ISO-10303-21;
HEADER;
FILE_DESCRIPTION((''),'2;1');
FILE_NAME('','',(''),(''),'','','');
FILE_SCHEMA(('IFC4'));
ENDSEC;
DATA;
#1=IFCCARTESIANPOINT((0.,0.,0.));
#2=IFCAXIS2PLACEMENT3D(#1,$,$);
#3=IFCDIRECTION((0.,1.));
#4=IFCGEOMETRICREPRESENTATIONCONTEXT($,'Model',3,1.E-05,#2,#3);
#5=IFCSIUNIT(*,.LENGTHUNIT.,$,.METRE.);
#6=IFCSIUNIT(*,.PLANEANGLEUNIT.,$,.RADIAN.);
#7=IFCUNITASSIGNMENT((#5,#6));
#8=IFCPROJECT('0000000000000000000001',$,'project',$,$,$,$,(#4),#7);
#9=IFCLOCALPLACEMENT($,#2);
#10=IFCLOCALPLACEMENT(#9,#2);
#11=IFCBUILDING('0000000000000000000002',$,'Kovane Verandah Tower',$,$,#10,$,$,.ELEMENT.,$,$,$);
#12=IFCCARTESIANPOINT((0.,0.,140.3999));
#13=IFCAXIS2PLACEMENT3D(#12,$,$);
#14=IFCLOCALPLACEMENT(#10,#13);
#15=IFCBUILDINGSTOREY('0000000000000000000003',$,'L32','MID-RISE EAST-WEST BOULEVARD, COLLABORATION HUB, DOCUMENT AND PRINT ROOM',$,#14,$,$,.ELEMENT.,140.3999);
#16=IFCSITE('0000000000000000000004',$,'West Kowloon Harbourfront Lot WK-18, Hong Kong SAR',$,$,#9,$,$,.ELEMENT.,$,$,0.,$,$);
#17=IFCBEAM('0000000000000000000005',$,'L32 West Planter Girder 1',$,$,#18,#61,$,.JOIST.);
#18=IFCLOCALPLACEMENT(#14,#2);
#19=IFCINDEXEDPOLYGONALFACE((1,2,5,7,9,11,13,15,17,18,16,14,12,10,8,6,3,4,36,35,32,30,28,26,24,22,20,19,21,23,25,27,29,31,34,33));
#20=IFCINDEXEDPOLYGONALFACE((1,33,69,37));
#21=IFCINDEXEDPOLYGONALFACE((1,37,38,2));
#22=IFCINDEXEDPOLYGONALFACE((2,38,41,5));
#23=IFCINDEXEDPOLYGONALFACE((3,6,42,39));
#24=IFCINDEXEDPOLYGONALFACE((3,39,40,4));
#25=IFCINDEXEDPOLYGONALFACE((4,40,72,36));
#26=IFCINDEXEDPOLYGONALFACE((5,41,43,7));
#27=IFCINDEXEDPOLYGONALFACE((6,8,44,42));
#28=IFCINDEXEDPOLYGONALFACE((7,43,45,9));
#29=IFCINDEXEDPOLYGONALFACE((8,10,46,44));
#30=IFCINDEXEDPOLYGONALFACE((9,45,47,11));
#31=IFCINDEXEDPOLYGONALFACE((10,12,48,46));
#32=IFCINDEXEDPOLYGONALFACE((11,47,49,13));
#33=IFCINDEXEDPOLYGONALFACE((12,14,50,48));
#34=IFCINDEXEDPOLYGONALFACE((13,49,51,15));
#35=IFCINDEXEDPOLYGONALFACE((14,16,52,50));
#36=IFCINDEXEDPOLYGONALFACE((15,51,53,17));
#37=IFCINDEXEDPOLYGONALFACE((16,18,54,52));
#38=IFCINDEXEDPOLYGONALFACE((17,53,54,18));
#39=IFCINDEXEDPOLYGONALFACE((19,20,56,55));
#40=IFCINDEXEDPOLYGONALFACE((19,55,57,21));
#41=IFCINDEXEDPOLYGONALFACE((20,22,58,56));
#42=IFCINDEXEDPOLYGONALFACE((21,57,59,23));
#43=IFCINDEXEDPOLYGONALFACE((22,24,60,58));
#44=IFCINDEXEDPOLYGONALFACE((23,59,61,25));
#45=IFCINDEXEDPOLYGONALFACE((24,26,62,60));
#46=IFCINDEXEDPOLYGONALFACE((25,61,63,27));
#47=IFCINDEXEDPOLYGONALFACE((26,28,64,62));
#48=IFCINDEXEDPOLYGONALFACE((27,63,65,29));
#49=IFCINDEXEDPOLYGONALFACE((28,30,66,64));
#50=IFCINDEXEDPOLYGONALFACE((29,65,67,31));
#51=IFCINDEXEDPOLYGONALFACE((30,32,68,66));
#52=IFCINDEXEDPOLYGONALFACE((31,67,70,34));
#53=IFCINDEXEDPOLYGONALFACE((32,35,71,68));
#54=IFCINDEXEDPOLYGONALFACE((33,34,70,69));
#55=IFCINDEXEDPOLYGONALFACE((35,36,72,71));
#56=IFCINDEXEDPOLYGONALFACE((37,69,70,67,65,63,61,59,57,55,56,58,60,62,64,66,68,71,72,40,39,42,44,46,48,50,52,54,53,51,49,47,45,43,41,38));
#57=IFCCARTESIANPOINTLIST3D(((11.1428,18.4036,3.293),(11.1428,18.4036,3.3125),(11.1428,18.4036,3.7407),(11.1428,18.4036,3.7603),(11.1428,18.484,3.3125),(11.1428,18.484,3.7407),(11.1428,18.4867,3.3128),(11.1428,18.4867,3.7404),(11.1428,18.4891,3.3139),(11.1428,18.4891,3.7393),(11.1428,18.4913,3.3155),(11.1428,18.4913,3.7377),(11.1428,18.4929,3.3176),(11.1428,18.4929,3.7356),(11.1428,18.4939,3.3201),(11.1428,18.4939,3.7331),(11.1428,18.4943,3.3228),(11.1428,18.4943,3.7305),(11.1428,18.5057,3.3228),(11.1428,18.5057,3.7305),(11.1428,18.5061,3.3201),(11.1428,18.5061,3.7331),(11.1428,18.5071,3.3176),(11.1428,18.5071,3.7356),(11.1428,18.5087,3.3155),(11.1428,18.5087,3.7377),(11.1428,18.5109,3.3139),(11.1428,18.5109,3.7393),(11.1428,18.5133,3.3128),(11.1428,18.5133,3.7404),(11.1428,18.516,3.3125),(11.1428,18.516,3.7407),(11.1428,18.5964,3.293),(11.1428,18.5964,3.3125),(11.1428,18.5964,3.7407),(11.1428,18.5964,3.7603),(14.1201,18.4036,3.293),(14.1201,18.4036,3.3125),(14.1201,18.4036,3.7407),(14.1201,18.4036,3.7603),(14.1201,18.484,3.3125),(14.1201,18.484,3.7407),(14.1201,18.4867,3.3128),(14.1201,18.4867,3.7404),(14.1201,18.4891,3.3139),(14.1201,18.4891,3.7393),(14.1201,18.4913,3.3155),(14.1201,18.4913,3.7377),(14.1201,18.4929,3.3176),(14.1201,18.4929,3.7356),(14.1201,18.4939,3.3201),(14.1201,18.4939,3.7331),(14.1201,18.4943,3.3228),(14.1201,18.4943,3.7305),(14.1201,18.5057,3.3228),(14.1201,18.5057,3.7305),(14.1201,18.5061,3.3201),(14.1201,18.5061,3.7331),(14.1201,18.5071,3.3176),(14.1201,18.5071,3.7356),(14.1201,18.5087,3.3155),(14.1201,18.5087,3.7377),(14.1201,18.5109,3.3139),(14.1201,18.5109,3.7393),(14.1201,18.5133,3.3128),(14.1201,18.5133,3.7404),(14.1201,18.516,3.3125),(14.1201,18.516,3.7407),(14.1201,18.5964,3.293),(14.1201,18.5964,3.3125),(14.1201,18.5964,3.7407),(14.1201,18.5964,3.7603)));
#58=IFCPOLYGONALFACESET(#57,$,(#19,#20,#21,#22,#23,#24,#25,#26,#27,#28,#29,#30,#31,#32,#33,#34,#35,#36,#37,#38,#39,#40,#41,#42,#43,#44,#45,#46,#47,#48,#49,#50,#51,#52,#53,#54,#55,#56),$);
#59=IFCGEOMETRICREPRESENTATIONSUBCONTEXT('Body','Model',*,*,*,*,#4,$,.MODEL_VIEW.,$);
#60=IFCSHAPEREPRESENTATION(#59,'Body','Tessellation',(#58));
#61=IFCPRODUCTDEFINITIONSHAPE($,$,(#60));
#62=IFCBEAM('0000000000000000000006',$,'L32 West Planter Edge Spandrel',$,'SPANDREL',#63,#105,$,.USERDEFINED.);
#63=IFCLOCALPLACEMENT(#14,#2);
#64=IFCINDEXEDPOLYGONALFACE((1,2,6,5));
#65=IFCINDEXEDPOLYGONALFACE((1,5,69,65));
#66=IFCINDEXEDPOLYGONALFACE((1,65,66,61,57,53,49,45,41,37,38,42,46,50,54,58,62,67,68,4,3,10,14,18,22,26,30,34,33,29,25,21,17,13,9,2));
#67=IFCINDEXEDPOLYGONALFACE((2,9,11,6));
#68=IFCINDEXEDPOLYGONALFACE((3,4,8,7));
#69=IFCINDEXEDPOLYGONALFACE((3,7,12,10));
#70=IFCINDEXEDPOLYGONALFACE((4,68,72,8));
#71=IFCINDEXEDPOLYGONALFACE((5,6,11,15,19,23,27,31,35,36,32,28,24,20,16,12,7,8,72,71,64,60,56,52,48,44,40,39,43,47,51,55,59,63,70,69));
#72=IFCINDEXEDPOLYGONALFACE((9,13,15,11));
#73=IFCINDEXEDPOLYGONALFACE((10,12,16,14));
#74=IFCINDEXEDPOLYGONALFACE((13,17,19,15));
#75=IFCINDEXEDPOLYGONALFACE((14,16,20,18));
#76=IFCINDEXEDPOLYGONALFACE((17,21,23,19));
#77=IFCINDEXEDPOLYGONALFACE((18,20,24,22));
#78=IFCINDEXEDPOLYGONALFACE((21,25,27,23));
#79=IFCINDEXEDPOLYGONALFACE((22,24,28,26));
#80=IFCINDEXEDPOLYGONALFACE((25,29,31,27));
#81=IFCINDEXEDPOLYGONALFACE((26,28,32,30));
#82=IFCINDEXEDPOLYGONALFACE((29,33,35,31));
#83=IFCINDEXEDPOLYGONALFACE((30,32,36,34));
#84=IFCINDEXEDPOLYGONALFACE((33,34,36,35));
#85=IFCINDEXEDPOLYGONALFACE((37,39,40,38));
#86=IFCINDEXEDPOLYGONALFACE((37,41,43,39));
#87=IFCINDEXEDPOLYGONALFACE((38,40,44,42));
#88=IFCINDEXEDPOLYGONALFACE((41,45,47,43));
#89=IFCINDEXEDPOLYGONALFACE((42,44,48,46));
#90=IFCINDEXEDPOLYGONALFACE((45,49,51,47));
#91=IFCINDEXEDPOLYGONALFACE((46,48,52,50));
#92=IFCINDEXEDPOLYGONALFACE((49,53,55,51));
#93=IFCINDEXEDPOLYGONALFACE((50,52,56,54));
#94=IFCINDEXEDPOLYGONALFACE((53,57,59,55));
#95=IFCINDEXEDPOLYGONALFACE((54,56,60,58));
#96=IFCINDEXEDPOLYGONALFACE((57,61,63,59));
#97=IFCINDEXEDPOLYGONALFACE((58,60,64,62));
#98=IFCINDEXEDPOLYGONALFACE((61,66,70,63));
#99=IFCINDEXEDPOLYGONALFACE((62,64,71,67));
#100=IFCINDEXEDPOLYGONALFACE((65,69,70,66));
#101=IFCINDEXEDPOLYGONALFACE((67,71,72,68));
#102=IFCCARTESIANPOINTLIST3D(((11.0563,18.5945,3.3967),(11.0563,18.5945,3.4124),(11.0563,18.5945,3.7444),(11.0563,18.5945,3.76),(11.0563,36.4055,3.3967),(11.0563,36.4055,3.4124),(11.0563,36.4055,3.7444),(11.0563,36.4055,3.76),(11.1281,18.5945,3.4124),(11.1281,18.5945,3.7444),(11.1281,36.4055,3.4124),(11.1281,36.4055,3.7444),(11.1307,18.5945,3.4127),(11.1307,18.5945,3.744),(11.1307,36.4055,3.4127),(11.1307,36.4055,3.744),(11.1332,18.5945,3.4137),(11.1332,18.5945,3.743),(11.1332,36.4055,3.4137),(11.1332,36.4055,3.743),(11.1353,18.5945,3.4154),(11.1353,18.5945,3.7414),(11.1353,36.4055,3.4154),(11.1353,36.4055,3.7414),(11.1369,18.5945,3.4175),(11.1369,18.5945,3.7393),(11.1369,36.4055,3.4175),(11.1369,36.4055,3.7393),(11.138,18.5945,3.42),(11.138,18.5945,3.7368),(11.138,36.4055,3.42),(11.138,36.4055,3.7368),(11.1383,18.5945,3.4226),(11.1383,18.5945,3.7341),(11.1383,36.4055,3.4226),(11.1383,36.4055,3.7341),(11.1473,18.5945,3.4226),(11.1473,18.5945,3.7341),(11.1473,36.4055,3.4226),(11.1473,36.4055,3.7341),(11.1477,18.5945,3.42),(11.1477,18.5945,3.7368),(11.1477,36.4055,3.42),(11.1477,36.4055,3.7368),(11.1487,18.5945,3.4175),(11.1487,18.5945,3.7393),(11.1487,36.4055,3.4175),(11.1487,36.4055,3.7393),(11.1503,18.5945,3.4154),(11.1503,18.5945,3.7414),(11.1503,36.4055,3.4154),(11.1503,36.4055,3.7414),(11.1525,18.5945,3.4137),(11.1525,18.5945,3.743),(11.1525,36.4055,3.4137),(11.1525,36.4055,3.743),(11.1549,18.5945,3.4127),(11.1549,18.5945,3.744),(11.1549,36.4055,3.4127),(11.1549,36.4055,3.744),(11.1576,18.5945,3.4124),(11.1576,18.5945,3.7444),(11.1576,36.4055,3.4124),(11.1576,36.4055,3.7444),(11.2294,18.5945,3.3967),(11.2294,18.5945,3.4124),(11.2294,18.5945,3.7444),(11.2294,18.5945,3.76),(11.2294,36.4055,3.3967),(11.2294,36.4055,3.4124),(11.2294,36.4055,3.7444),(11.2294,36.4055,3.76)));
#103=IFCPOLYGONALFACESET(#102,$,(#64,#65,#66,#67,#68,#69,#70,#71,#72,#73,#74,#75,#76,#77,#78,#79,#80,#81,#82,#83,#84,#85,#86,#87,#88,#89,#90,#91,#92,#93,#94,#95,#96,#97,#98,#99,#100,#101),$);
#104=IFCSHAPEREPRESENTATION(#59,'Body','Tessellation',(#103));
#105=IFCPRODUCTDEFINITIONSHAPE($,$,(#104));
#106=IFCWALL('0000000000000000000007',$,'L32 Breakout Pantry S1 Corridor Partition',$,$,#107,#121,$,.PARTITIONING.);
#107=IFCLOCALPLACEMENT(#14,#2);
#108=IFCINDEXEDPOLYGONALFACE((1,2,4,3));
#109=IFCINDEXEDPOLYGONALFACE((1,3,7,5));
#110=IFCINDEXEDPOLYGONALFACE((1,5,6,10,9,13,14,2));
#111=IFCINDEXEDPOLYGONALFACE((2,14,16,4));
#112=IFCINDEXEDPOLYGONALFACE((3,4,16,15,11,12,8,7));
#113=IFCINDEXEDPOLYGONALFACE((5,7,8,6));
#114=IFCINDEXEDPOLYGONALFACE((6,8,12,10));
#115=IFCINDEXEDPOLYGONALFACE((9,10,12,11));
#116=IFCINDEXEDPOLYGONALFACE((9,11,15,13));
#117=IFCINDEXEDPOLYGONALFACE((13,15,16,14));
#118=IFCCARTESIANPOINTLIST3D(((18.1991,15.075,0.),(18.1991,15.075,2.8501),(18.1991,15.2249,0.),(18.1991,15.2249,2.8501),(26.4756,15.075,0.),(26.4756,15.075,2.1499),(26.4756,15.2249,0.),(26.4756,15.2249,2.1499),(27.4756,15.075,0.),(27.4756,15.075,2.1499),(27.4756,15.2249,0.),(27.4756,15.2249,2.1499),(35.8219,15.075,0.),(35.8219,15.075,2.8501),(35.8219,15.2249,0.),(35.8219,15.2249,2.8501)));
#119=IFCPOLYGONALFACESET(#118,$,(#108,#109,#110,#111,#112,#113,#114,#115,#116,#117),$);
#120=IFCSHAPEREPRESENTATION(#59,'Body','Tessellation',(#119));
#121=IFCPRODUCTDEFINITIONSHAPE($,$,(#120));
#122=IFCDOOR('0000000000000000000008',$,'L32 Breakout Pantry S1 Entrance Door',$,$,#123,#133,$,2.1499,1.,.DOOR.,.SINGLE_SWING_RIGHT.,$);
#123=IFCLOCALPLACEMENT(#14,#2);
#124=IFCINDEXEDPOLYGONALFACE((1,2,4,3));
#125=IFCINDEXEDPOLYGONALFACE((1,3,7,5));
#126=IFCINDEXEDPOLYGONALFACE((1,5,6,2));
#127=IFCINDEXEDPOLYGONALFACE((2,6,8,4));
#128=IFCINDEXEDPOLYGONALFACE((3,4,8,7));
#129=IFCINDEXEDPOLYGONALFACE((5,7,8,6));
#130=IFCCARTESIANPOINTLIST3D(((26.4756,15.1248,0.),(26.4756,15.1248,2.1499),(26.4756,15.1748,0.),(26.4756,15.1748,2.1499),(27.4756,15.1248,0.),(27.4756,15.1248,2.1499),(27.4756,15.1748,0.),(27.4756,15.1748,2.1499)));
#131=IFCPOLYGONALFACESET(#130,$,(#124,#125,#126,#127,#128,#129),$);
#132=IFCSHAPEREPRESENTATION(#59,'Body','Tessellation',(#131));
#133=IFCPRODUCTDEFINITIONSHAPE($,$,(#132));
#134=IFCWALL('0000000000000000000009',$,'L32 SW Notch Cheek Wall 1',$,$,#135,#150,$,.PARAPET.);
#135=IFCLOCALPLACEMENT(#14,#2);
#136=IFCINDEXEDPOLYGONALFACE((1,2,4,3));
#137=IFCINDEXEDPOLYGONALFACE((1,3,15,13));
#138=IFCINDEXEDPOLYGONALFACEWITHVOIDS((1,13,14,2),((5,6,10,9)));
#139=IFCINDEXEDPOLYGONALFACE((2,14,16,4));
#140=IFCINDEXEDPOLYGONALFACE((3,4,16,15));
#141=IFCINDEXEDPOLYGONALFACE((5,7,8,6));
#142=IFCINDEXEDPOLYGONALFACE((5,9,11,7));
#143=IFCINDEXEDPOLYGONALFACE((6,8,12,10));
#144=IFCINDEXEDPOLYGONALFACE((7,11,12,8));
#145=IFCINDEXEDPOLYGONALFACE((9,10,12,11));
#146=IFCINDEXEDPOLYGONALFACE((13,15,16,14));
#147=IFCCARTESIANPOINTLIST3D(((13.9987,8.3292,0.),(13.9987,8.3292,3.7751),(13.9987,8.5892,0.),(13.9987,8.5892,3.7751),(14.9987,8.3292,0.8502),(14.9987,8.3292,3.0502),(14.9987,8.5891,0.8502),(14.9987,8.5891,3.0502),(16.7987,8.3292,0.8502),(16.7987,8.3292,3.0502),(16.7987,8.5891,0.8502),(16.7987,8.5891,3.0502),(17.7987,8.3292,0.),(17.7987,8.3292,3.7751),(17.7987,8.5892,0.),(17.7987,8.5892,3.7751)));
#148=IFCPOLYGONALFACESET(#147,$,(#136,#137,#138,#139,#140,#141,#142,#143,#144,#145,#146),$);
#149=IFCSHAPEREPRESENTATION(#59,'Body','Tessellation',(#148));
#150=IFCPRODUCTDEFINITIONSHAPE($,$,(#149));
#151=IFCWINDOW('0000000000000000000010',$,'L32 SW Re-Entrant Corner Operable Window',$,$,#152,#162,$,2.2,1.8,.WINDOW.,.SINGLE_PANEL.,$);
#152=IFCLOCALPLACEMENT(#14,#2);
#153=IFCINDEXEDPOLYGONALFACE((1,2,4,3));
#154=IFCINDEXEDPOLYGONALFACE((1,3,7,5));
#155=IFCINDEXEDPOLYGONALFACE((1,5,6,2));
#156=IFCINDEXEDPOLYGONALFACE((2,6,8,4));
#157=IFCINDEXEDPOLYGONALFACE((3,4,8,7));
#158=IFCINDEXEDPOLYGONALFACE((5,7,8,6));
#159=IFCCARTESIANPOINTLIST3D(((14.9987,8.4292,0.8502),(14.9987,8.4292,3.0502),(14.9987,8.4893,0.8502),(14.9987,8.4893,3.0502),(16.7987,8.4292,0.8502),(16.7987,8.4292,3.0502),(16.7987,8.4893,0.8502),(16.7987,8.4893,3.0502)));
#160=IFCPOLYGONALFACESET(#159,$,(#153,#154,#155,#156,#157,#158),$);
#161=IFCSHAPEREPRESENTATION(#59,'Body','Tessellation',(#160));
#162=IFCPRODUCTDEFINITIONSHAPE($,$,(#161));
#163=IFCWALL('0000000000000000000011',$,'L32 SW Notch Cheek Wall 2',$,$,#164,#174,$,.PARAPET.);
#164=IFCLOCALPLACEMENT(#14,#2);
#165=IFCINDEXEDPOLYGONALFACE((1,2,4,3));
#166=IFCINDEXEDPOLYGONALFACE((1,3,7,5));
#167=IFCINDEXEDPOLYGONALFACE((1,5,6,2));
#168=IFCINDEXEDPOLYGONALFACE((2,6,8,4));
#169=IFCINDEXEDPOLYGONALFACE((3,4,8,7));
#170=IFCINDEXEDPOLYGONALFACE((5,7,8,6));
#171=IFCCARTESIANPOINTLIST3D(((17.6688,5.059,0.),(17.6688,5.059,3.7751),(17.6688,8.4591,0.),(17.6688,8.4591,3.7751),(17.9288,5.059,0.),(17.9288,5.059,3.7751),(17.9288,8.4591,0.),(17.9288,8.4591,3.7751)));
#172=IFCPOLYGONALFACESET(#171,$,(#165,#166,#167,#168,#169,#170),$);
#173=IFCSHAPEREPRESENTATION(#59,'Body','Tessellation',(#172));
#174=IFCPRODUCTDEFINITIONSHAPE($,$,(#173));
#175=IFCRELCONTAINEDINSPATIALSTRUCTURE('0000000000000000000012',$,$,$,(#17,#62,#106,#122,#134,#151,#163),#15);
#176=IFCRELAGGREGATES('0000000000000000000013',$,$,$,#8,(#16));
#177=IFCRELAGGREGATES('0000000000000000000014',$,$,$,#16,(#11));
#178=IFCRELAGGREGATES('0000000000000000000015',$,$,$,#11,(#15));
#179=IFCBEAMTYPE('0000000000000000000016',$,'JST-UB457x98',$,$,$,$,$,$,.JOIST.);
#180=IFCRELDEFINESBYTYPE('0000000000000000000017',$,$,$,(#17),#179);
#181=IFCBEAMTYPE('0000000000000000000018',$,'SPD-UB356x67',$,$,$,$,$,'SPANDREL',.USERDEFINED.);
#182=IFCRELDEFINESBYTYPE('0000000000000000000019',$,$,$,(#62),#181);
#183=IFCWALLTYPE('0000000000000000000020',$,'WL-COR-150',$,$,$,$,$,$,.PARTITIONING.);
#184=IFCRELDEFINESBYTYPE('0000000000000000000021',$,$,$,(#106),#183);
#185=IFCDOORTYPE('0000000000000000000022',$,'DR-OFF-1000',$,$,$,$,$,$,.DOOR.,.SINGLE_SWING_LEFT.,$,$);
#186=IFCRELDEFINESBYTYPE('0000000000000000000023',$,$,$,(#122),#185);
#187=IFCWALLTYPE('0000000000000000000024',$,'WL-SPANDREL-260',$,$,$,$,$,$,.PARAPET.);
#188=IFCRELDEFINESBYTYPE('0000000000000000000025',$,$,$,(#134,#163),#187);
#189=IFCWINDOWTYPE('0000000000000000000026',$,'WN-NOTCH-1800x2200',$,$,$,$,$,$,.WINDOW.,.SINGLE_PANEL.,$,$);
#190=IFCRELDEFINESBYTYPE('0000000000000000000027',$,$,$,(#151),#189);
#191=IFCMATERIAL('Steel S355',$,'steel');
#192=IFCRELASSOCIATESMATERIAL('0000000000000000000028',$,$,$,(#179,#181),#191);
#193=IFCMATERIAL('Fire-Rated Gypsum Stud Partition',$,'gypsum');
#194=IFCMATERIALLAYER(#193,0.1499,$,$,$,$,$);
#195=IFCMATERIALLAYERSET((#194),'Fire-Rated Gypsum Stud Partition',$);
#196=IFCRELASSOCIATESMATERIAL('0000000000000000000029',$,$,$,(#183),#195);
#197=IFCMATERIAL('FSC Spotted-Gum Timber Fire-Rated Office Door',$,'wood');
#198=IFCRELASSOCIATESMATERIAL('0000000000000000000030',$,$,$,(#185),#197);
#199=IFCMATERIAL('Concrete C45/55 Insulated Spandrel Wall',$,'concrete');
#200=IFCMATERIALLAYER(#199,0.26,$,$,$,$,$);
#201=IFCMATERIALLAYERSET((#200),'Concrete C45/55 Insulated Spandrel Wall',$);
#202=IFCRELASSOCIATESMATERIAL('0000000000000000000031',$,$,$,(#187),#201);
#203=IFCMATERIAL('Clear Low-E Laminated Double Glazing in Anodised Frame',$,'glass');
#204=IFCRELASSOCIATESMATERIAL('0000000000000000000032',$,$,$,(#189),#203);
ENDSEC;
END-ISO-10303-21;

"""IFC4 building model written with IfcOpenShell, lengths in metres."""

from ifc_helpers import new_model, si_unit, direction, frame, frame_2d, origin, origin_2d, place, context, subcontext, project, spatial, rectangle, i_section, extrude, material, layer, layer_set, material_profile, profile_set, type_object, element, fill, save


model = new_model("IFC4")

# Units and contexts
model_context = context("Model", 3, precision=1e-05, world=origin(), true_north=direction((0.0, 1.0)))
body_context = subcontext(model_context, "Body", "Model", "MODEL_VIEW")
ifc_project = project(units=[si_unit("LENGTHUNIT", "METRE"), si_unit("PLANEANGLEUNIT", "RADIAN")], contexts=[model_context])

# Site, building, storey
site_placement = place(None, origin())
site = spatial("IfcSite", under=ifc_project, at=site_placement, Name="West Kowloon Harbourfront Lot WK-18, Hong Kong SAR", CompositionType="ELEMENT", RefElevation=0.0)
building_placement = place(site_placement, origin())
building = spatial("IfcBuilding", under=site, at=building_placement, Name="Kovane Verandah Tower", CompositionType="ELEMENT")
storey_placement = place(building_placement, frame((0.0, 0.0, 140.3999)))
storey = spatial("IfcBuildingStorey", under=building, at=storey_placement, Name="L32", Description="MID-RISE EAST-WEST BOULEVARD, COLLABORATION HUB, DOCUMENT AND PRINT ROOM", CompositionType="ELEMENT", Elevation=140.3999)

# Beams
ifc_material_1 = material(Name="Steel S355", Category="steel")
ifc_material_profile_1 = material_profile(ifc_material_1, i_section(OverallWidth=0.1929, OverallDepth=0.4673, WebThickness=0.0115, FlangeThickness=0.0195, FilletRadius=0.0103, at=origin_2d()), Name="UB457x191x98")
ifc_profile_set_1 = profile_set([ifc_material_profile_1], Name="Steel S355")
beam_type_1 = type_object("IfcBeamType", Name="JST-UB457x98", PredefinedType="JOIST", material=ifc_profile_set_1)
beam_1_placement = place(storey_placement, frame((14.1201, 18.5, 3.5266), z_axis=(-1.0, 0.0, 0.0), x_axis=(0.0, -1.0, 0.0)))
element("IfcBeam", 1, at=beam_1_placement, inside=storey, type_object=beam_type_1, Name="L32 West Planter Girder 1", PredefinedType="JOIST", context=body_context, shape_type="SweptSolid", body=[
    extrude(i_section(OverallWidth=0.1929, OverallDepth=0.4673, WebThickness=0.0115, FlangeThickness=0.0195, FilletRadius=0.0103, at=origin_2d()), origin(), (0.0, 0.0, 1.0), 2.9773),
])
ifc_material_profile_2 = material_profile(ifc_material_1, i_section(OverallWidth=0.1731, OverallDepth=0.3633, WebThickness=0.009, FlangeThickness=0.0156, FilletRadius=0.0103, at=origin_2d()), Name="UB356x171x67")
ifc_profile_set_2 = profile_set([ifc_material_profile_2], Name="Steel S355")
beam_type_2 = type_object("IfcBeamType", Name="SPD-UB356x67", ElementType="SPANDREL", PredefinedType="USERDEFINED", material=ifc_profile_set_2)
beam_2_placement = place(storey_placement, frame((11.1428, 18.5945, 3.5784), z_axis=(0.0, 1.0, 0.0), x_axis=(-1.0, 0.0, 0.0)))
element("IfcBeam", 2, at=beam_2_placement, inside=storey, type_object=beam_type_2, Name="L32 West Planter Edge Spandrel", ObjectType="SPANDREL", PredefinedType="USERDEFINED", context=body_context, shape_type="SweptSolid", body=[
    extrude(i_section(OverallWidth=0.1731, OverallDepth=0.3633, WebThickness=0.009, FlangeThickness=0.0156, FilletRadius=0.0103, at=origin_2d()), origin(), (0.0, 0.0, 1.0), 17.811),
])

# Wall, opening, door
ifc_material_2 = material(Name="Fire-Rated Gypsum Stud Partition", Category="gypsum")
ifc_layer_1 = layer(ifc_material_2, 0.1499)
ifc_layer_set_1 = layer_set([ifc_layer_1], Name="Fire-Rated Gypsum Stud Partition")
wall_type_1 = type_object("IfcWallType", Name="WL-COR-150", PredefinedType="PARTITIONING", material=ifc_layer_set_1)
wall_1_placement = place(storey_placement, frame((18.199, 15.1499, 0.0), z_axis=(0.0, 0.0, 1.0), x_axis=(1.0, 0.0, 0.0)))
wall_1 = element("IfcWall", 3, at=wall_1_placement, inside=storey, type_object=wall_type_1, Name="L32 Breakout Pantry S1 Corridor Partition", PredefinedType="PARTITIONING", context=body_context, shape_type="SweptSolid", body=[
    extrude(rectangle(XDim=17.6228, YDim=0.1499, at=frame_2d((8.8115, 0.0))), origin(), (0.0, 0.0, 1.0), 2.8501),
])
opening_1_placement = place(wall_1_placement, frame((8.2766, 0.0, 0.0)))
opening_1 = element("IfcOpeningElement", 4, at=opening_1_placement, cuts=wall_1, PredefinedType="OPENING", context=body_context, shape_type="SweptSolid", body=[
    extrude(rectangle(XDim=1.0, YDim=2.1499, at=frame_2d((0.5, 1.075))), frame((0.0, 0.075, 0.0), z_axis=(0.0, -1.0, 0.0), x_axis=(1.0, 0.0, 0.0)), (0.0, 0.0, 1.0), 0.1499),
])
ifc_material_3 = material(Name="FSC Spotted-Gum Timber Fire-Rated Office Door", Category="wood")
door_type_1 = type_object("IfcDoorType", Name="DR-OFF-1000", OperationType="SINGLE_SWING_LEFT", PredefinedType="DOOR", material=ifc_material_3)
door_1_placement = place(opening_1_placement, origin())
door_1 = element("IfcDoor", 5, at=door_1_placement, inside=storey, type_object=door_type_1, Name="L32 Breakout Pantry S1 Entrance Door", OperationType="SINGLE_SWING_RIGHT", OverallHeight=2.1499, OverallWidth=1.0, PredefinedType="DOOR", context=body_context, shape_type="SweptSolid", body=[
    extrude(rectangle(XDim=1.0, YDim=2.1499, at=frame_2d((0.5, 1.075))), frame((0.0, 0.0249, 0.0), z_axis=(0.0, -1.0, 0.0), x_axis=(1.0, 0.0, 0.0)), (0.0, 0.0, 1.0), 0.05),
])
fill(opening_1, door_1)

# Shared definitions
ifc_material_4 = material(Name="Concrete C45/55 Insulated Spandrel Wall", Category="concrete")
ifc_layer_2 = layer(ifc_material_4, 0.26)
ifc_layer_set_2 = layer_set([ifc_layer_2], Name="Concrete C45/55 Insulated Spandrel Wall")
wall_type_2 = type_object("IfcWallType", Name="WL-SPANDREL-260", PredefinedType="PARAPET", material=ifc_layer_set_2)
ifc_material_5 = material(Name="Clear Low-E Laminated Double Glazing in Anodised Frame", Category="glass")

# Wall, opening, window
wall_2_placement = place(storey_placement, frame((13.9988, 8.4592, 0.0), z_axis=(0.0, 0.0, 1.0), x_axis=(1.0, 0.0, 0.0)))
wall_2 = element("IfcWall", 6, at=wall_2_placement, inside=storey, type_object=wall_type_2, Name="L32 SW Notch Cheek Wall 1", PredefinedType="PARAPET", context=body_context, shape_type="SweptSolid", body=[
    extrude(rectangle(XDim=3.8, YDim=0.26, at=frame_2d((1.8999, 0.0))), origin(), (0.0, 0.0, 1.0), 3.7751),
])
opening_2_placement = place(wall_2_placement, frame((1.0, 0.0, 0.8501)))
opening_2 = element("IfcOpeningElement", 7, at=opening_2_placement, cuts=wall_2, PredefinedType="OPENING", context=body_context, shape_type="SweptSolid", body=[
    extrude(rectangle(XDim=1.8, YDim=2.2, at=frame_2d((0.8999, 1.1001))), frame((0.0, 0.1299, 0.0), z_axis=(0.0, -1.0, 0.0), x_axis=(1.0, 0.0, 0.0)), (0.0, 0.0, 1.0), 0.26),
])
window_type_1 = type_object("IfcWindowType", Name="WN-NOTCH-1800x2200", PartitioningType="SINGLE_PANEL", PredefinedType="WINDOW", material=ifc_material_5)
window_1_placement = place(opening_2_placement, origin())
window_1 = element("IfcWindow", 8, at=window_1_placement, inside=storey, type_object=window_type_1, Name="L32 SW Re-Entrant Corner Operable Window", OverallHeight=2.2, OverallWidth=1.8, PartitioningType="SINGLE_PANEL", PredefinedType="WINDOW", context=body_context, shape_type="SweptSolid", body=[
    extrude(rectangle(XDim=1.8, YDim=2.2, at=frame_2d((0.8999, 1.1001))), frame((0.0, 0.03, 0.0), z_axis=(0.0, -1.0, 0.0), x_axis=(1.0, 0.0, 0.0)), (0.0, 0.0, 1.0), 0.0601),
])
fill(opening_2, window_1)

# Wall
wall_3_placement = place(storey_placement, frame((17.7988, 8.4592, 0.0), z_axis=(0.0, 0.0, 1.0), x_axis=(0.0, -1.0, 0.0)))
element("IfcWall", 9, at=wall_3_placement, inside=storey, type_object=wall_type_2, Name="L32 SW Notch Cheek Wall 2", PredefinedType="PARAPET", context=body_context, shape_type="SweptSolid", body=[
    extrude(rectangle(XDim=3.4001, YDim=0.26, at=frame_2d((1.7002, 0.0))), origin(), (0.0, 0.0, 1.0), 3.7751),
])

save(model, "model.ifc")
